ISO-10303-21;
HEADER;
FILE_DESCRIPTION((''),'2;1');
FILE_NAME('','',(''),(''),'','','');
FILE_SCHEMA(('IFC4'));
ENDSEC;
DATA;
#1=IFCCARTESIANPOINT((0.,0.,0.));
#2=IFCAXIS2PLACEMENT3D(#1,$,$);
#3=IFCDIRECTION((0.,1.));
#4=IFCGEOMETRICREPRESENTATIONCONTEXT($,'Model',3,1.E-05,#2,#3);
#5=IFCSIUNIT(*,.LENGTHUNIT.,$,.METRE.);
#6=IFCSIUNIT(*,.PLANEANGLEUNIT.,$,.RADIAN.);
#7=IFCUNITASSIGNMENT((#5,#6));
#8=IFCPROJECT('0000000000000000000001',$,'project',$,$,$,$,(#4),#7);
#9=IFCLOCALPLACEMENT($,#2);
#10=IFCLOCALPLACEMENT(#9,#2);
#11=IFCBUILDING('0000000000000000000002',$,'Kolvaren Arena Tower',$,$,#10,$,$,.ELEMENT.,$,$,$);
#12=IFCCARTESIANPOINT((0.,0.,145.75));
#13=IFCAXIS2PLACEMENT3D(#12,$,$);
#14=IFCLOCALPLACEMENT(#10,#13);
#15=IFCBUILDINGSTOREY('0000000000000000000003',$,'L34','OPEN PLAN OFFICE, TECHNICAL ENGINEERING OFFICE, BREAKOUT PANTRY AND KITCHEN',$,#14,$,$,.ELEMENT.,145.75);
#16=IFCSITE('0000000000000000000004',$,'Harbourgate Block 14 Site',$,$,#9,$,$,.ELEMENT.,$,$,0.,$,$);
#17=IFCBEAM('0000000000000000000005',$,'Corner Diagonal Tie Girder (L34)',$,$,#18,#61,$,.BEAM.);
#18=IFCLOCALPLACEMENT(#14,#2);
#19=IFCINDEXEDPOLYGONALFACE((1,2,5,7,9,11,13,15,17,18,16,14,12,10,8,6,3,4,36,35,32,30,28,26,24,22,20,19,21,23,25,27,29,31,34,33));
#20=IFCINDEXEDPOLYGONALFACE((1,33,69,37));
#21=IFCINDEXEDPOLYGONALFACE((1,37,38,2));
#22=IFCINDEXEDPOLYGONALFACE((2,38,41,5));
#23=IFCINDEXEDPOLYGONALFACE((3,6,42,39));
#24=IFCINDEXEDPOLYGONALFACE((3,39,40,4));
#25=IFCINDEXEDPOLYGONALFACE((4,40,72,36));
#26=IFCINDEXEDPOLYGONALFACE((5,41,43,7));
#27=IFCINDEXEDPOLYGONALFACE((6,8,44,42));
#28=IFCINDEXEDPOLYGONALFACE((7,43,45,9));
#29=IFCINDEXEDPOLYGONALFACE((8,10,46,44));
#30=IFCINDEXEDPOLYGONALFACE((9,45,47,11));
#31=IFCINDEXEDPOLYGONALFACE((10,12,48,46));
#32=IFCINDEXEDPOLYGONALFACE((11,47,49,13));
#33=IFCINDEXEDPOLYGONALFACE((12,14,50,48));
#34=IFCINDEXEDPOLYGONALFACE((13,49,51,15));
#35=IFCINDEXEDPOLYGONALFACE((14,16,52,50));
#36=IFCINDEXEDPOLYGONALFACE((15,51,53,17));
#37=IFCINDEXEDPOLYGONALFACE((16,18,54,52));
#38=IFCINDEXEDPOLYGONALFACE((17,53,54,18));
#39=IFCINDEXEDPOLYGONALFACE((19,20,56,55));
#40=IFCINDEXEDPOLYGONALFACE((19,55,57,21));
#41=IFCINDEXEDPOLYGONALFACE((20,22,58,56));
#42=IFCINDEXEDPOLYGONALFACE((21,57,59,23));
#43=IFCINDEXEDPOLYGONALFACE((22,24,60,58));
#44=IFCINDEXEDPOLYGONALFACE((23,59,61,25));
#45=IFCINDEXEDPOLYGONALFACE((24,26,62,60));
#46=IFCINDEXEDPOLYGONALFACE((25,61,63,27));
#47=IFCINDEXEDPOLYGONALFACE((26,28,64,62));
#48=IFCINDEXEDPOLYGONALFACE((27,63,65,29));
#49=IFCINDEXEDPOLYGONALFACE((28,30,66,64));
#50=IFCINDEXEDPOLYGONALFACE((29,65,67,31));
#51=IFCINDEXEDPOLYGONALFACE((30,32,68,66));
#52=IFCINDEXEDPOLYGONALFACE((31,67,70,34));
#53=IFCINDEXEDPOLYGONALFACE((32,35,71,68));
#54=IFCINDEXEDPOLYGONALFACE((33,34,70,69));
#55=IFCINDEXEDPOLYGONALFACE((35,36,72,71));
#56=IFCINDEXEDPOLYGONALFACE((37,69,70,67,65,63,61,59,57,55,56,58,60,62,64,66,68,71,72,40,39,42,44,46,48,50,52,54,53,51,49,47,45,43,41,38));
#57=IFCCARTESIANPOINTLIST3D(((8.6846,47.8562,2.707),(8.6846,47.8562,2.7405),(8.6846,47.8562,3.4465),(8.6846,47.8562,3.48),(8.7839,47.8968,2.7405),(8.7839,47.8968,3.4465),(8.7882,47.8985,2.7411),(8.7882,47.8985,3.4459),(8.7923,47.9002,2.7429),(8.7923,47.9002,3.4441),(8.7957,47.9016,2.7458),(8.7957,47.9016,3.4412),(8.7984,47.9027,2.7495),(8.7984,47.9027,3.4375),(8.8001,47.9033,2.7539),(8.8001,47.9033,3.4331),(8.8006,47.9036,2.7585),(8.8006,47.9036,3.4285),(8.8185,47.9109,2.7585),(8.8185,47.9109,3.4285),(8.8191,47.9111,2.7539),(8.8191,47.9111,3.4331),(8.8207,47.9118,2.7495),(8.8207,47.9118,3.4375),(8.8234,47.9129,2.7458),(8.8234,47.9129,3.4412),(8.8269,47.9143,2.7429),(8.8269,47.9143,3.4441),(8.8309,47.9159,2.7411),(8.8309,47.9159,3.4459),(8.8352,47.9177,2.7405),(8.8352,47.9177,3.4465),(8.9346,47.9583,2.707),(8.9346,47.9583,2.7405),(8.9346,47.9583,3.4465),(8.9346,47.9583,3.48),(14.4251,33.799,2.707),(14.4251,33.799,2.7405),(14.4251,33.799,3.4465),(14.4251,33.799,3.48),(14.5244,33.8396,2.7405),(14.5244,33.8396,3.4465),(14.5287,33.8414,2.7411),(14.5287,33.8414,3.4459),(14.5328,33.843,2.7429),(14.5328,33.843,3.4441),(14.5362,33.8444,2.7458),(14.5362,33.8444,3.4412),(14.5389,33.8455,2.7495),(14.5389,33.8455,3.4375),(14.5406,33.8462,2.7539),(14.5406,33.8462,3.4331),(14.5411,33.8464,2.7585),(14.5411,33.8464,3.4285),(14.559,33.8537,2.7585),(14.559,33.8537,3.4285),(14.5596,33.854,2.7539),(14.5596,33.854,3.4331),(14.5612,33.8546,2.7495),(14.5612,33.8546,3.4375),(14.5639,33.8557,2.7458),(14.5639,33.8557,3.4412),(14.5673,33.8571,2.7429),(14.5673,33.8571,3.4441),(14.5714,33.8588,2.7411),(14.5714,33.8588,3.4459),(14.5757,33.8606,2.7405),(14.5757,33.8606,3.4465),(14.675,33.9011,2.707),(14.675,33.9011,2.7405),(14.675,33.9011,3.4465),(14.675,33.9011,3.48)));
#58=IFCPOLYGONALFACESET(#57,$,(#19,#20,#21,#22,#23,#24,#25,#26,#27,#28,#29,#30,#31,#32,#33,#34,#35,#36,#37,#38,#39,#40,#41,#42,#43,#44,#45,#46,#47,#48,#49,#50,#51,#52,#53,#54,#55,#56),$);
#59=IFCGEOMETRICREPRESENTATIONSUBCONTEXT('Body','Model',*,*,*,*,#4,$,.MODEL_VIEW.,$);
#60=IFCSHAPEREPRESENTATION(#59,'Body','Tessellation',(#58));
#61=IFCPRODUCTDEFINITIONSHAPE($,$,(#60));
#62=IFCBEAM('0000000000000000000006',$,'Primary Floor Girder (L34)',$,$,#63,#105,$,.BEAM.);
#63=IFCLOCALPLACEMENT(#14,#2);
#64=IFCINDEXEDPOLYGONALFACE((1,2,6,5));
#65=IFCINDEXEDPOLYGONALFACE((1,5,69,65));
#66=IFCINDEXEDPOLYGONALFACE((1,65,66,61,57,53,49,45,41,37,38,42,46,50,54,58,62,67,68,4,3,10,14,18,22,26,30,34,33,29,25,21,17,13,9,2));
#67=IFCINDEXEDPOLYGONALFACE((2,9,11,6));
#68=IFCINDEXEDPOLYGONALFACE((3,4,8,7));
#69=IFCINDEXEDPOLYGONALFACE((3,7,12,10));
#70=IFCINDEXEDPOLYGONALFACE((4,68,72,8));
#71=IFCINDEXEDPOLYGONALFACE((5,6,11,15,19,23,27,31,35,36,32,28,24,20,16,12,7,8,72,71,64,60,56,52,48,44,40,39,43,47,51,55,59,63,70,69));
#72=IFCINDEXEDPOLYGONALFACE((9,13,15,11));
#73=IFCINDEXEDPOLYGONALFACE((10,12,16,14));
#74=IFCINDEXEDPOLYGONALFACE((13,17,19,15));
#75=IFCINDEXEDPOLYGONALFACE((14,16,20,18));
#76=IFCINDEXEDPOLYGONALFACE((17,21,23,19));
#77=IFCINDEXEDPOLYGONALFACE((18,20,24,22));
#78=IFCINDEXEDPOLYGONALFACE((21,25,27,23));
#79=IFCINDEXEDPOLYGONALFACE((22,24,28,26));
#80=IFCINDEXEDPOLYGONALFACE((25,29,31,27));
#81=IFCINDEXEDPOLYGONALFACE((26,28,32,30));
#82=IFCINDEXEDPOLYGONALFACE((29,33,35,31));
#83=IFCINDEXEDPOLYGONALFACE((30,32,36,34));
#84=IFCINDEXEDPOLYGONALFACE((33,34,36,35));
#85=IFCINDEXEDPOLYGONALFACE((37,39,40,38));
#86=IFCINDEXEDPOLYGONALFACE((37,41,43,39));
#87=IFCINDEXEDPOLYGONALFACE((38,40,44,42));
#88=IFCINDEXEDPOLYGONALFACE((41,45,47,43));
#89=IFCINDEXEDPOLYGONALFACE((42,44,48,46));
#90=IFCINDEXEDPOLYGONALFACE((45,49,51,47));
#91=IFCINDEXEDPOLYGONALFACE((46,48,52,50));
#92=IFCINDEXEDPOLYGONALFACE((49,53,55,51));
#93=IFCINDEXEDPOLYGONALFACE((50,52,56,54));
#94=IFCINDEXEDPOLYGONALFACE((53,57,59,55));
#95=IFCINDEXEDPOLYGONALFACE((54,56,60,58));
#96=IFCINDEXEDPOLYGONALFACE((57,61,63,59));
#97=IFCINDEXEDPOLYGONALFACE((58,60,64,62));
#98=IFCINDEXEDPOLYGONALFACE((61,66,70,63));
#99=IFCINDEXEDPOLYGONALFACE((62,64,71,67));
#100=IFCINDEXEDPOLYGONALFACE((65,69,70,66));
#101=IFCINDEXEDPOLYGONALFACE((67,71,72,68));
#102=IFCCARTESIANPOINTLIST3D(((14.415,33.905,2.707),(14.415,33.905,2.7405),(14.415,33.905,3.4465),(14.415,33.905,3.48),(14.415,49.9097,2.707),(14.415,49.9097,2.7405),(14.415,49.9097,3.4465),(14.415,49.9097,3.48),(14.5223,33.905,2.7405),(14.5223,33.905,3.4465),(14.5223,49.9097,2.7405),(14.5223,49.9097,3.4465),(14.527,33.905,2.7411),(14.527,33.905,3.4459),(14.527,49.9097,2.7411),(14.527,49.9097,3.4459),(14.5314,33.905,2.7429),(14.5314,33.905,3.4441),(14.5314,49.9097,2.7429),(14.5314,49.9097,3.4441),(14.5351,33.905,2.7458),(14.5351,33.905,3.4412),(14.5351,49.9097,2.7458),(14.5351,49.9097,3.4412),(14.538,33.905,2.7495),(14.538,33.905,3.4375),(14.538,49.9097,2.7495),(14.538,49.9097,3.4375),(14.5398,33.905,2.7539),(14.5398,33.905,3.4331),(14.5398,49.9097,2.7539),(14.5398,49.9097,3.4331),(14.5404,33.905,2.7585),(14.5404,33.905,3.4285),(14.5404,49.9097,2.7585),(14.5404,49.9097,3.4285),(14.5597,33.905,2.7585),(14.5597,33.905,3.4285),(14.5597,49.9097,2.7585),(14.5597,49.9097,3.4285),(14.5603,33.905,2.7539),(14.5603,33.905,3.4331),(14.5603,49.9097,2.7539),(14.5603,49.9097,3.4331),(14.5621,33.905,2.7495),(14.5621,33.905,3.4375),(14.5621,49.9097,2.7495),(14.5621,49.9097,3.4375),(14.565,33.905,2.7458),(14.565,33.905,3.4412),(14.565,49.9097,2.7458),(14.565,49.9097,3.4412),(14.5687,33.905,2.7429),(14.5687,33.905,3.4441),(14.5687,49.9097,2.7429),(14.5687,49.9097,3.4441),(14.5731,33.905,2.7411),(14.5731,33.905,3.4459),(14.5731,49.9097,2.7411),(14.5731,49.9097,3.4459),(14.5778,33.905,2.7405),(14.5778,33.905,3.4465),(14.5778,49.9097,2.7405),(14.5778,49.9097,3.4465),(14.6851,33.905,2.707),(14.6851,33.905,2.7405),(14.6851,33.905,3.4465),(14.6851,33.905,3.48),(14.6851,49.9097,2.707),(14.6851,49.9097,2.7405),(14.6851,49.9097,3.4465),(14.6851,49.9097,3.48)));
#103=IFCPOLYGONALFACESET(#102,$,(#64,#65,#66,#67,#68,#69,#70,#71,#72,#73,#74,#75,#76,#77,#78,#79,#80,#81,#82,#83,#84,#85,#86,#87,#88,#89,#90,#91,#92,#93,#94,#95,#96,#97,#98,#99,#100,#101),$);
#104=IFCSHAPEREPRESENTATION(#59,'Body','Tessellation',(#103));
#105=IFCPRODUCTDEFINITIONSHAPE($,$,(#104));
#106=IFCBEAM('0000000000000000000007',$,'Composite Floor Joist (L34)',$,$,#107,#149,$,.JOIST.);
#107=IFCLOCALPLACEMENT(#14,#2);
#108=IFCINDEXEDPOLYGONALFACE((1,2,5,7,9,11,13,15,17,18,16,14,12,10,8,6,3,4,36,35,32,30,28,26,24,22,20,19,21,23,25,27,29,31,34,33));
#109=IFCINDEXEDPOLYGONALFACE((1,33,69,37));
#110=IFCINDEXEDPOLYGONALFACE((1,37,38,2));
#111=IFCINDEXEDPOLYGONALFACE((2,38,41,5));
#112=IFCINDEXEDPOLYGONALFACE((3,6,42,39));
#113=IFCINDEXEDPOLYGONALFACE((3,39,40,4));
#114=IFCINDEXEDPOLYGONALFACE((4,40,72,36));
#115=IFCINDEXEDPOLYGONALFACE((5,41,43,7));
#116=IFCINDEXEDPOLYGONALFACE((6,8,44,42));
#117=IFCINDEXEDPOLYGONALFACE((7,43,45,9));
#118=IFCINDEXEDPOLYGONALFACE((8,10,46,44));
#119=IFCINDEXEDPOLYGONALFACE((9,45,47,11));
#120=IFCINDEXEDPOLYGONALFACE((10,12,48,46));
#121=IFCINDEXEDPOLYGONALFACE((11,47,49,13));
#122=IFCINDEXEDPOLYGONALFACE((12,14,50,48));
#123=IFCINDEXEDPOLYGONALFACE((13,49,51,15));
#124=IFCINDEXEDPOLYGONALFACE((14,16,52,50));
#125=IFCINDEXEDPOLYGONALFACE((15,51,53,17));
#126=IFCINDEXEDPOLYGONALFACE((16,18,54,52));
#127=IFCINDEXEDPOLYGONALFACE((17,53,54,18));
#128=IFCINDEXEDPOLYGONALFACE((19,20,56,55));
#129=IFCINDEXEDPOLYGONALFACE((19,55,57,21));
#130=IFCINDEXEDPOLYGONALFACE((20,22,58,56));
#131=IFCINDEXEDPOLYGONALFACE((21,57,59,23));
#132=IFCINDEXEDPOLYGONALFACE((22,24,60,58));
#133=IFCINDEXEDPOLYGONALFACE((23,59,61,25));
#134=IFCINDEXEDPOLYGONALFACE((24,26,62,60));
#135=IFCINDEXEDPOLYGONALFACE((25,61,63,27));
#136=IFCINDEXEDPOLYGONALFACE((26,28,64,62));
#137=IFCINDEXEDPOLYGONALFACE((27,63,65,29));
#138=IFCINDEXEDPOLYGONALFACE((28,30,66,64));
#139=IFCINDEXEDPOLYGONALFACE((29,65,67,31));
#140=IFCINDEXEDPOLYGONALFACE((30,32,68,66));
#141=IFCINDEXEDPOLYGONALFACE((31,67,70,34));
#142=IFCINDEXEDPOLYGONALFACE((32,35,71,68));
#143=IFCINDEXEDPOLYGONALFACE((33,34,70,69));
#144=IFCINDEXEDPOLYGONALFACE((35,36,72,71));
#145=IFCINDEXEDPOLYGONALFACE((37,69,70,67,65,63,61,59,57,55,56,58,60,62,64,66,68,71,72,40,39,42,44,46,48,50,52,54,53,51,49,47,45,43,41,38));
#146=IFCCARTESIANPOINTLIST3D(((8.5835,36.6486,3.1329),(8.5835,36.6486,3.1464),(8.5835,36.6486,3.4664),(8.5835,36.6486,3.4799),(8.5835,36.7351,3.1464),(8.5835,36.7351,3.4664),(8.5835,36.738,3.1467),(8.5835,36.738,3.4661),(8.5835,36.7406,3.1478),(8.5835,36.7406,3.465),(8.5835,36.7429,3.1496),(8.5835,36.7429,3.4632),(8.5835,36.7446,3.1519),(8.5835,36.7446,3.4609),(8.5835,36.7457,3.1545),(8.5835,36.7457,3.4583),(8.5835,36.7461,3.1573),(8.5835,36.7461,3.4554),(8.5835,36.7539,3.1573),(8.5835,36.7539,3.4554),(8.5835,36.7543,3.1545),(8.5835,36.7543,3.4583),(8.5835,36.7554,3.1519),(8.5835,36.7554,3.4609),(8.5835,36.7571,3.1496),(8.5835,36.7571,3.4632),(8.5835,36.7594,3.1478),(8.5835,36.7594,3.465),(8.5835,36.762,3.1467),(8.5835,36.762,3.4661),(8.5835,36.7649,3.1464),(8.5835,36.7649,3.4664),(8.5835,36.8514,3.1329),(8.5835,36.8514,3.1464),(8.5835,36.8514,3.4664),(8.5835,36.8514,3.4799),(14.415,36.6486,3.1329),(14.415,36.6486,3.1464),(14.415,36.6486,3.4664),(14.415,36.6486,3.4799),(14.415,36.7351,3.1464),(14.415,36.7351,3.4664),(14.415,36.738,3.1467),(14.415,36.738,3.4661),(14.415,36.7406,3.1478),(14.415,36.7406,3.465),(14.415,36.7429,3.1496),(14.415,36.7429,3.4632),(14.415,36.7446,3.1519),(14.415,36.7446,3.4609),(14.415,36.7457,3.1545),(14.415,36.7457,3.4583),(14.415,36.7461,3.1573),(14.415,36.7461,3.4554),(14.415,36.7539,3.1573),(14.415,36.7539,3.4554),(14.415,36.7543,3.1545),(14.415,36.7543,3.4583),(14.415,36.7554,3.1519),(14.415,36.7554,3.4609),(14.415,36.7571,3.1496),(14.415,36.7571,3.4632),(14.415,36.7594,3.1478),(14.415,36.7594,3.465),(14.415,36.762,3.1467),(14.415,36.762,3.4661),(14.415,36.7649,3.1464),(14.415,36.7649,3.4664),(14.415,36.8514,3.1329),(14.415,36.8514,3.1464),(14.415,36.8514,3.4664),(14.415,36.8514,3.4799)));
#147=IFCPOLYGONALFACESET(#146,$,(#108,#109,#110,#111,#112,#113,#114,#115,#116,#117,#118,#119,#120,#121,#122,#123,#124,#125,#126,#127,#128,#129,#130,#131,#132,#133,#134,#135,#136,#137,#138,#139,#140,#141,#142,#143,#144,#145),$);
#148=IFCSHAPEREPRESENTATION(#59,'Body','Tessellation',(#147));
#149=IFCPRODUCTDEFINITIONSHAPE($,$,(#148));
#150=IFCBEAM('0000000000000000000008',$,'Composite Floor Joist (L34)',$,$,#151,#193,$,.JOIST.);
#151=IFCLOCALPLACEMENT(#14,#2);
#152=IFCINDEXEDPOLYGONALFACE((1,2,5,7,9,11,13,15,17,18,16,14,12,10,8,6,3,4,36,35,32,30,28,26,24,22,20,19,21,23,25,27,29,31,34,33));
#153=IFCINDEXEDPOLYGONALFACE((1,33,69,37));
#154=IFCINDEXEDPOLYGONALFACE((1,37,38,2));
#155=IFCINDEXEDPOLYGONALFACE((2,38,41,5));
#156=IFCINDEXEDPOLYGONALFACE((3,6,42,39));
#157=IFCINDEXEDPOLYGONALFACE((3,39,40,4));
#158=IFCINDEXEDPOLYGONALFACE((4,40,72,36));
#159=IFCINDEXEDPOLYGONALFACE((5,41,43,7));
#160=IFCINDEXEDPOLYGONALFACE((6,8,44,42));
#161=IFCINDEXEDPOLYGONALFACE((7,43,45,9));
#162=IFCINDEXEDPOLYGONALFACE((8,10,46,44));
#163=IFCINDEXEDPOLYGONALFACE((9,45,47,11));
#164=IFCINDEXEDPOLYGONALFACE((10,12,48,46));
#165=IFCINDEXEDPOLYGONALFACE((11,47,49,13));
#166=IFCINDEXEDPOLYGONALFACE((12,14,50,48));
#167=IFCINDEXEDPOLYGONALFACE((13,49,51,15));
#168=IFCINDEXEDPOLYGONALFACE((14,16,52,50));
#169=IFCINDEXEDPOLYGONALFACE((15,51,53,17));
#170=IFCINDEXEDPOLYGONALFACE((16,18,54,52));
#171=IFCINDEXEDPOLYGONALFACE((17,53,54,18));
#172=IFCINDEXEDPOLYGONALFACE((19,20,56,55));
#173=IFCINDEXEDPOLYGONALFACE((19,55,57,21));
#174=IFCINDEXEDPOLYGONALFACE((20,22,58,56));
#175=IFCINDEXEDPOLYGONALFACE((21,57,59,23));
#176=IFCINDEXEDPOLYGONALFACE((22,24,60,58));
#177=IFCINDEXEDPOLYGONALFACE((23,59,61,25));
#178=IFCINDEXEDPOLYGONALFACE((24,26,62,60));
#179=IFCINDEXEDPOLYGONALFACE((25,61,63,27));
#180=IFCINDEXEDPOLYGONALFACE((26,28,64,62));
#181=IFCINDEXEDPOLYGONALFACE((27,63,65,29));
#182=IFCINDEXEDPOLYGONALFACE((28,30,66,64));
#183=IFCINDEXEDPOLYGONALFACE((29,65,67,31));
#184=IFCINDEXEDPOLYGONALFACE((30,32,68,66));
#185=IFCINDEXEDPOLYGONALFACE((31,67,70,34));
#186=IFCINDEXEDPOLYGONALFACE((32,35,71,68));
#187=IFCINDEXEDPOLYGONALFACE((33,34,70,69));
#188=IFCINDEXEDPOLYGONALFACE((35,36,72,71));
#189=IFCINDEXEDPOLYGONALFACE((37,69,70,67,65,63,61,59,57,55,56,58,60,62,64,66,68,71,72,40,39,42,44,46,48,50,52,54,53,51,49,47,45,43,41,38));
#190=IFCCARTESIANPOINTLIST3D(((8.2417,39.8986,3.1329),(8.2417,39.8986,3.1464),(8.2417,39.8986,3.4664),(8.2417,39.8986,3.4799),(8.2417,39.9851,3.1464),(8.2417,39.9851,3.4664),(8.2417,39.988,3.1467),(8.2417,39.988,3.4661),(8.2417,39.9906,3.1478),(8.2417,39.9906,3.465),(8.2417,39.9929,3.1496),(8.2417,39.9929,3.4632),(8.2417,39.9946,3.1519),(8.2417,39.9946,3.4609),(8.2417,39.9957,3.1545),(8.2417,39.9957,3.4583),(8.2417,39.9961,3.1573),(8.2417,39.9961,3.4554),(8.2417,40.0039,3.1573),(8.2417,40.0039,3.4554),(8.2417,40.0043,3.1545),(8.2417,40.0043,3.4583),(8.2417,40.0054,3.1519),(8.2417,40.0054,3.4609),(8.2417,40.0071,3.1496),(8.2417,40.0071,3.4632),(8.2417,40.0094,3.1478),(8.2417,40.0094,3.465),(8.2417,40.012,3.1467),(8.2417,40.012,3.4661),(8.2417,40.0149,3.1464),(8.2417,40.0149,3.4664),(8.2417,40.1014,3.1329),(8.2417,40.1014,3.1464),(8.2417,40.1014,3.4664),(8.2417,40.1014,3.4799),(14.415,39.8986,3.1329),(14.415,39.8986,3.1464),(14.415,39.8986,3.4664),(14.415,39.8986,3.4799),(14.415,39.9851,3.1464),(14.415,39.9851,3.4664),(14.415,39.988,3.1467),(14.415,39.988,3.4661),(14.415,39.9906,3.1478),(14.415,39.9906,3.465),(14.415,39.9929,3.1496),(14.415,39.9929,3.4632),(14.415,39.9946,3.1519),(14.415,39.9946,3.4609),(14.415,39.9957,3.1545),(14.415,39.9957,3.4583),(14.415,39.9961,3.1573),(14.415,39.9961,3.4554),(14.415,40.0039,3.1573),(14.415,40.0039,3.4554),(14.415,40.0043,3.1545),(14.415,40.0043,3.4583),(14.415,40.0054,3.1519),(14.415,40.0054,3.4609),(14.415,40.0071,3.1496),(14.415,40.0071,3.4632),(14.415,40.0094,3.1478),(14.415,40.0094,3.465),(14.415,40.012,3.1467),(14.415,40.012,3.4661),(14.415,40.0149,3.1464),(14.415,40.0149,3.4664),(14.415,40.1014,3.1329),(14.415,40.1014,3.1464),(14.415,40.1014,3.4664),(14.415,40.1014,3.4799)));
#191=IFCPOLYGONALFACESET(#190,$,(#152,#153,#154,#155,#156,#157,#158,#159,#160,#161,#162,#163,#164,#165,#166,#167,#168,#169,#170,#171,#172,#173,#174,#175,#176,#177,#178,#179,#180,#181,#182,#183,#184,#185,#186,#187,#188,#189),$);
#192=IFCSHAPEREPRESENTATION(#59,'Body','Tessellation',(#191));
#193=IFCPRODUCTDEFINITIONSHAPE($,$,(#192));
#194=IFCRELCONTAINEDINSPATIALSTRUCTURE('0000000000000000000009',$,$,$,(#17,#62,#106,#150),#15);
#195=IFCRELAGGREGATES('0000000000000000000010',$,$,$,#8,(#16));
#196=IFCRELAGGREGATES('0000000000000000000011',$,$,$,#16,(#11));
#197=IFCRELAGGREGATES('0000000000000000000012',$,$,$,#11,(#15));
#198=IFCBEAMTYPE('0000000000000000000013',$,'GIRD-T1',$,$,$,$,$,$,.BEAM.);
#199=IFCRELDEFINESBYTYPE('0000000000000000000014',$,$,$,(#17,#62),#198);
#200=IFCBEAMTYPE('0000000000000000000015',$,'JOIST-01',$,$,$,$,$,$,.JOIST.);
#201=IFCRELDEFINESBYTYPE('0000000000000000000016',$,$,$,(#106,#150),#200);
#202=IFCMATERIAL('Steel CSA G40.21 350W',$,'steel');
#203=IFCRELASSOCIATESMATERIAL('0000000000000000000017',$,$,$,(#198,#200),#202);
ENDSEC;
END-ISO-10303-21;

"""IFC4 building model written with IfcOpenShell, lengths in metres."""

from ifc_helpers import new_model, si_unit, direction, frame, origin, origin_2d, place, context, subcontext, project, spatial, i_section, extrude, material, material_profile, profile_set, type_object, element, save


model = new_model("IFC4")

# Units and contexts
model_context = context("Model", 3, precision=1e-05, world=origin(), true_north=direction((0.0, 1.0)))
body_context = subcontext(model_context, "Body", "Model", "MODEL_VIEW")
ifc_project = project(units=[si_unit("LENGTHUNIT", "METRE"), si_unit("PLANEANGLEUNIT", "RADIAN")], contexts=[model_context])

# Site, building, storey
site_placement = place(None, origin())
site = spatial("IfcSite", under=ifc_project, at=site_placement, Name="Harbourgate Block 14 Site", CompositionType="ELEMENT", RefElevation=0.0)
building_placement = place(site_placement, origin())
building = spatial("IfcBuilding", under=site, at=building_placement, Name="Kolvaren Arena Tower", CompositionType="ELEMENT")
storey_placement = place(building_placement, frame((0.0, 0.0, 145.75)))
storey = spatial("IfcBuildingStorey", under=building, at=storey_placement, Name="L34", Description="OPEN PLAN OFFICE, TECHNICAL ENGINEERING OFFICE, BREAKOUT PANTRY AND KITCHEN", CompositionType="ELEMENT", Elevation=145.75)

# Beams
ifc_material_1 = material(Name="Steel CSA G40.21 350W", Category="steel")
ifc_material_profile_1 = material_profile(ifc_material_1, i_section(OverallWidth=0.27, OverallDepth=0.7729, WebThickness=0.0193, FlangeThickness=0.0334, FilletRadius=0.0181, at=origin_2d()), Name="W760x257")
ifc_profile_set_1 = profile_set([ifc_material_profile_1], Name="Steel CSA G40.21 350W")
beam_type_1 = type_object("IfcBeamType", Name="GIRD-T1", PredefinedType="BEAM", material=ifc_profile_set_1)
beam_1_placement = place(storey_placement, frame((8.8096, 47.9072, 3.0935), z_axis=(0.378059, -0.925781, 0.0), x_axis=(0.925781, 0.378059, 0.0)))
element("IfcBeam", 1, at=beam_1_placement, inside=storey, type_object=beam_type_1, Name="Corner Diagonal Tie Girder (L34)", PredefinedType="BEAM", context=body_context, shape_type="SweptSolid", body=[
    extrude(i_section(OverallWidth=0.27, OverallDepth=0.7729, WebThickness=0.0193, FlangeThickness=0.0334, FilletRadius=0.0181, at=origin_2d()), origin(), (0.0, 0.0, 1.0), 15.1841),
])
beam_2_placement = place(storey_placement, frame((14.55, 33.905, 3.0935), z_axis=(0.0, 1.0, 0.0), x_axis=(-1.0, 0.0, 0.0)))
element("IfcBeam", 2, at=beam_2_placement, inside=storey, type_object=beam_type_1, Name="Primary Floor Girder (L34)", PredefinedType="BEAM", context=body_context, shape_type="SweptSolid", body=[
    extrude(i_section(OverallWidth=0.27, OverallDepth=0.7729, WebThickness=0.0193, FlangeThickness=0.0334, FilletRadius=0.0181, at=origin_2d()), origin(), (0.0, 0.0, 1.0), 16.0046),
])
ifc_material_profile_2 = material_profile(ifc_material_1, i_section(OverallWidth=0.2029, OverallDepth=0.3469, WebThickness=0.0078, FlangeThickness=0.0134, FilletRadius=0.011, at=origin_2d()), Name="W360x64")
ifc_profile_set_2 = profile_set([ifc_material_profile_2], Name="Steel CSA G40.21 350W")
beam_type_2 = type_object("IfcBeamType", Name="JOIST-01", PredefinedType="JOIST", material=ifc_profile_set_2)
beam_3_placement = place(storey_placement, frame((8.5835, 36.75, 3.3064), z_axis=(1.0, 0.0, 0.0), x_axis=(0.0, 1.0, 0.0)))
element("IfcBeam", 3, at=beam_3_placement, inside=storey, type_object=beam_type_2, Name="Composite Floor Joist (L34)", PredefinedType="JOIST", context=body_context, shape_type="SweptSolid", body=[
    extrude(i_section(OverallWidth=0.2029, OverallDepth=0.3469, WebThickness=0.0078, FlangeThickness=0.0134, FilletRadius=0.011, at=origin_2d()), origin(), (0.0, 0.0, 1.0), 5.8315),
])
beam_4_placement = place(storey_placement, frame((8.2417, 40.0, 3.3064), z_axis=(1.0, 0.0, 0.0), x_axis=(0.0, 1.0, 0.0)))
element("IfcBeam", 4, at=beam_4_placement, inside=storey, type_object=beam_type_2, Name="Composite Floor Joist (L34)", PredefinedType="JOIST", context=body_context, shape_type="SweptSolid", body=[
    extrude(i_section(OverallWidth=0.2029, OverallDepth=0.3469, WebThickness=0.0078, FlangeThickness=0.0134, FilletRadius=0.011, at=origin_2d()), origin(), (0.0, 0.0, 1.0), 6.1733),
])

save(model, "model.ifc")
